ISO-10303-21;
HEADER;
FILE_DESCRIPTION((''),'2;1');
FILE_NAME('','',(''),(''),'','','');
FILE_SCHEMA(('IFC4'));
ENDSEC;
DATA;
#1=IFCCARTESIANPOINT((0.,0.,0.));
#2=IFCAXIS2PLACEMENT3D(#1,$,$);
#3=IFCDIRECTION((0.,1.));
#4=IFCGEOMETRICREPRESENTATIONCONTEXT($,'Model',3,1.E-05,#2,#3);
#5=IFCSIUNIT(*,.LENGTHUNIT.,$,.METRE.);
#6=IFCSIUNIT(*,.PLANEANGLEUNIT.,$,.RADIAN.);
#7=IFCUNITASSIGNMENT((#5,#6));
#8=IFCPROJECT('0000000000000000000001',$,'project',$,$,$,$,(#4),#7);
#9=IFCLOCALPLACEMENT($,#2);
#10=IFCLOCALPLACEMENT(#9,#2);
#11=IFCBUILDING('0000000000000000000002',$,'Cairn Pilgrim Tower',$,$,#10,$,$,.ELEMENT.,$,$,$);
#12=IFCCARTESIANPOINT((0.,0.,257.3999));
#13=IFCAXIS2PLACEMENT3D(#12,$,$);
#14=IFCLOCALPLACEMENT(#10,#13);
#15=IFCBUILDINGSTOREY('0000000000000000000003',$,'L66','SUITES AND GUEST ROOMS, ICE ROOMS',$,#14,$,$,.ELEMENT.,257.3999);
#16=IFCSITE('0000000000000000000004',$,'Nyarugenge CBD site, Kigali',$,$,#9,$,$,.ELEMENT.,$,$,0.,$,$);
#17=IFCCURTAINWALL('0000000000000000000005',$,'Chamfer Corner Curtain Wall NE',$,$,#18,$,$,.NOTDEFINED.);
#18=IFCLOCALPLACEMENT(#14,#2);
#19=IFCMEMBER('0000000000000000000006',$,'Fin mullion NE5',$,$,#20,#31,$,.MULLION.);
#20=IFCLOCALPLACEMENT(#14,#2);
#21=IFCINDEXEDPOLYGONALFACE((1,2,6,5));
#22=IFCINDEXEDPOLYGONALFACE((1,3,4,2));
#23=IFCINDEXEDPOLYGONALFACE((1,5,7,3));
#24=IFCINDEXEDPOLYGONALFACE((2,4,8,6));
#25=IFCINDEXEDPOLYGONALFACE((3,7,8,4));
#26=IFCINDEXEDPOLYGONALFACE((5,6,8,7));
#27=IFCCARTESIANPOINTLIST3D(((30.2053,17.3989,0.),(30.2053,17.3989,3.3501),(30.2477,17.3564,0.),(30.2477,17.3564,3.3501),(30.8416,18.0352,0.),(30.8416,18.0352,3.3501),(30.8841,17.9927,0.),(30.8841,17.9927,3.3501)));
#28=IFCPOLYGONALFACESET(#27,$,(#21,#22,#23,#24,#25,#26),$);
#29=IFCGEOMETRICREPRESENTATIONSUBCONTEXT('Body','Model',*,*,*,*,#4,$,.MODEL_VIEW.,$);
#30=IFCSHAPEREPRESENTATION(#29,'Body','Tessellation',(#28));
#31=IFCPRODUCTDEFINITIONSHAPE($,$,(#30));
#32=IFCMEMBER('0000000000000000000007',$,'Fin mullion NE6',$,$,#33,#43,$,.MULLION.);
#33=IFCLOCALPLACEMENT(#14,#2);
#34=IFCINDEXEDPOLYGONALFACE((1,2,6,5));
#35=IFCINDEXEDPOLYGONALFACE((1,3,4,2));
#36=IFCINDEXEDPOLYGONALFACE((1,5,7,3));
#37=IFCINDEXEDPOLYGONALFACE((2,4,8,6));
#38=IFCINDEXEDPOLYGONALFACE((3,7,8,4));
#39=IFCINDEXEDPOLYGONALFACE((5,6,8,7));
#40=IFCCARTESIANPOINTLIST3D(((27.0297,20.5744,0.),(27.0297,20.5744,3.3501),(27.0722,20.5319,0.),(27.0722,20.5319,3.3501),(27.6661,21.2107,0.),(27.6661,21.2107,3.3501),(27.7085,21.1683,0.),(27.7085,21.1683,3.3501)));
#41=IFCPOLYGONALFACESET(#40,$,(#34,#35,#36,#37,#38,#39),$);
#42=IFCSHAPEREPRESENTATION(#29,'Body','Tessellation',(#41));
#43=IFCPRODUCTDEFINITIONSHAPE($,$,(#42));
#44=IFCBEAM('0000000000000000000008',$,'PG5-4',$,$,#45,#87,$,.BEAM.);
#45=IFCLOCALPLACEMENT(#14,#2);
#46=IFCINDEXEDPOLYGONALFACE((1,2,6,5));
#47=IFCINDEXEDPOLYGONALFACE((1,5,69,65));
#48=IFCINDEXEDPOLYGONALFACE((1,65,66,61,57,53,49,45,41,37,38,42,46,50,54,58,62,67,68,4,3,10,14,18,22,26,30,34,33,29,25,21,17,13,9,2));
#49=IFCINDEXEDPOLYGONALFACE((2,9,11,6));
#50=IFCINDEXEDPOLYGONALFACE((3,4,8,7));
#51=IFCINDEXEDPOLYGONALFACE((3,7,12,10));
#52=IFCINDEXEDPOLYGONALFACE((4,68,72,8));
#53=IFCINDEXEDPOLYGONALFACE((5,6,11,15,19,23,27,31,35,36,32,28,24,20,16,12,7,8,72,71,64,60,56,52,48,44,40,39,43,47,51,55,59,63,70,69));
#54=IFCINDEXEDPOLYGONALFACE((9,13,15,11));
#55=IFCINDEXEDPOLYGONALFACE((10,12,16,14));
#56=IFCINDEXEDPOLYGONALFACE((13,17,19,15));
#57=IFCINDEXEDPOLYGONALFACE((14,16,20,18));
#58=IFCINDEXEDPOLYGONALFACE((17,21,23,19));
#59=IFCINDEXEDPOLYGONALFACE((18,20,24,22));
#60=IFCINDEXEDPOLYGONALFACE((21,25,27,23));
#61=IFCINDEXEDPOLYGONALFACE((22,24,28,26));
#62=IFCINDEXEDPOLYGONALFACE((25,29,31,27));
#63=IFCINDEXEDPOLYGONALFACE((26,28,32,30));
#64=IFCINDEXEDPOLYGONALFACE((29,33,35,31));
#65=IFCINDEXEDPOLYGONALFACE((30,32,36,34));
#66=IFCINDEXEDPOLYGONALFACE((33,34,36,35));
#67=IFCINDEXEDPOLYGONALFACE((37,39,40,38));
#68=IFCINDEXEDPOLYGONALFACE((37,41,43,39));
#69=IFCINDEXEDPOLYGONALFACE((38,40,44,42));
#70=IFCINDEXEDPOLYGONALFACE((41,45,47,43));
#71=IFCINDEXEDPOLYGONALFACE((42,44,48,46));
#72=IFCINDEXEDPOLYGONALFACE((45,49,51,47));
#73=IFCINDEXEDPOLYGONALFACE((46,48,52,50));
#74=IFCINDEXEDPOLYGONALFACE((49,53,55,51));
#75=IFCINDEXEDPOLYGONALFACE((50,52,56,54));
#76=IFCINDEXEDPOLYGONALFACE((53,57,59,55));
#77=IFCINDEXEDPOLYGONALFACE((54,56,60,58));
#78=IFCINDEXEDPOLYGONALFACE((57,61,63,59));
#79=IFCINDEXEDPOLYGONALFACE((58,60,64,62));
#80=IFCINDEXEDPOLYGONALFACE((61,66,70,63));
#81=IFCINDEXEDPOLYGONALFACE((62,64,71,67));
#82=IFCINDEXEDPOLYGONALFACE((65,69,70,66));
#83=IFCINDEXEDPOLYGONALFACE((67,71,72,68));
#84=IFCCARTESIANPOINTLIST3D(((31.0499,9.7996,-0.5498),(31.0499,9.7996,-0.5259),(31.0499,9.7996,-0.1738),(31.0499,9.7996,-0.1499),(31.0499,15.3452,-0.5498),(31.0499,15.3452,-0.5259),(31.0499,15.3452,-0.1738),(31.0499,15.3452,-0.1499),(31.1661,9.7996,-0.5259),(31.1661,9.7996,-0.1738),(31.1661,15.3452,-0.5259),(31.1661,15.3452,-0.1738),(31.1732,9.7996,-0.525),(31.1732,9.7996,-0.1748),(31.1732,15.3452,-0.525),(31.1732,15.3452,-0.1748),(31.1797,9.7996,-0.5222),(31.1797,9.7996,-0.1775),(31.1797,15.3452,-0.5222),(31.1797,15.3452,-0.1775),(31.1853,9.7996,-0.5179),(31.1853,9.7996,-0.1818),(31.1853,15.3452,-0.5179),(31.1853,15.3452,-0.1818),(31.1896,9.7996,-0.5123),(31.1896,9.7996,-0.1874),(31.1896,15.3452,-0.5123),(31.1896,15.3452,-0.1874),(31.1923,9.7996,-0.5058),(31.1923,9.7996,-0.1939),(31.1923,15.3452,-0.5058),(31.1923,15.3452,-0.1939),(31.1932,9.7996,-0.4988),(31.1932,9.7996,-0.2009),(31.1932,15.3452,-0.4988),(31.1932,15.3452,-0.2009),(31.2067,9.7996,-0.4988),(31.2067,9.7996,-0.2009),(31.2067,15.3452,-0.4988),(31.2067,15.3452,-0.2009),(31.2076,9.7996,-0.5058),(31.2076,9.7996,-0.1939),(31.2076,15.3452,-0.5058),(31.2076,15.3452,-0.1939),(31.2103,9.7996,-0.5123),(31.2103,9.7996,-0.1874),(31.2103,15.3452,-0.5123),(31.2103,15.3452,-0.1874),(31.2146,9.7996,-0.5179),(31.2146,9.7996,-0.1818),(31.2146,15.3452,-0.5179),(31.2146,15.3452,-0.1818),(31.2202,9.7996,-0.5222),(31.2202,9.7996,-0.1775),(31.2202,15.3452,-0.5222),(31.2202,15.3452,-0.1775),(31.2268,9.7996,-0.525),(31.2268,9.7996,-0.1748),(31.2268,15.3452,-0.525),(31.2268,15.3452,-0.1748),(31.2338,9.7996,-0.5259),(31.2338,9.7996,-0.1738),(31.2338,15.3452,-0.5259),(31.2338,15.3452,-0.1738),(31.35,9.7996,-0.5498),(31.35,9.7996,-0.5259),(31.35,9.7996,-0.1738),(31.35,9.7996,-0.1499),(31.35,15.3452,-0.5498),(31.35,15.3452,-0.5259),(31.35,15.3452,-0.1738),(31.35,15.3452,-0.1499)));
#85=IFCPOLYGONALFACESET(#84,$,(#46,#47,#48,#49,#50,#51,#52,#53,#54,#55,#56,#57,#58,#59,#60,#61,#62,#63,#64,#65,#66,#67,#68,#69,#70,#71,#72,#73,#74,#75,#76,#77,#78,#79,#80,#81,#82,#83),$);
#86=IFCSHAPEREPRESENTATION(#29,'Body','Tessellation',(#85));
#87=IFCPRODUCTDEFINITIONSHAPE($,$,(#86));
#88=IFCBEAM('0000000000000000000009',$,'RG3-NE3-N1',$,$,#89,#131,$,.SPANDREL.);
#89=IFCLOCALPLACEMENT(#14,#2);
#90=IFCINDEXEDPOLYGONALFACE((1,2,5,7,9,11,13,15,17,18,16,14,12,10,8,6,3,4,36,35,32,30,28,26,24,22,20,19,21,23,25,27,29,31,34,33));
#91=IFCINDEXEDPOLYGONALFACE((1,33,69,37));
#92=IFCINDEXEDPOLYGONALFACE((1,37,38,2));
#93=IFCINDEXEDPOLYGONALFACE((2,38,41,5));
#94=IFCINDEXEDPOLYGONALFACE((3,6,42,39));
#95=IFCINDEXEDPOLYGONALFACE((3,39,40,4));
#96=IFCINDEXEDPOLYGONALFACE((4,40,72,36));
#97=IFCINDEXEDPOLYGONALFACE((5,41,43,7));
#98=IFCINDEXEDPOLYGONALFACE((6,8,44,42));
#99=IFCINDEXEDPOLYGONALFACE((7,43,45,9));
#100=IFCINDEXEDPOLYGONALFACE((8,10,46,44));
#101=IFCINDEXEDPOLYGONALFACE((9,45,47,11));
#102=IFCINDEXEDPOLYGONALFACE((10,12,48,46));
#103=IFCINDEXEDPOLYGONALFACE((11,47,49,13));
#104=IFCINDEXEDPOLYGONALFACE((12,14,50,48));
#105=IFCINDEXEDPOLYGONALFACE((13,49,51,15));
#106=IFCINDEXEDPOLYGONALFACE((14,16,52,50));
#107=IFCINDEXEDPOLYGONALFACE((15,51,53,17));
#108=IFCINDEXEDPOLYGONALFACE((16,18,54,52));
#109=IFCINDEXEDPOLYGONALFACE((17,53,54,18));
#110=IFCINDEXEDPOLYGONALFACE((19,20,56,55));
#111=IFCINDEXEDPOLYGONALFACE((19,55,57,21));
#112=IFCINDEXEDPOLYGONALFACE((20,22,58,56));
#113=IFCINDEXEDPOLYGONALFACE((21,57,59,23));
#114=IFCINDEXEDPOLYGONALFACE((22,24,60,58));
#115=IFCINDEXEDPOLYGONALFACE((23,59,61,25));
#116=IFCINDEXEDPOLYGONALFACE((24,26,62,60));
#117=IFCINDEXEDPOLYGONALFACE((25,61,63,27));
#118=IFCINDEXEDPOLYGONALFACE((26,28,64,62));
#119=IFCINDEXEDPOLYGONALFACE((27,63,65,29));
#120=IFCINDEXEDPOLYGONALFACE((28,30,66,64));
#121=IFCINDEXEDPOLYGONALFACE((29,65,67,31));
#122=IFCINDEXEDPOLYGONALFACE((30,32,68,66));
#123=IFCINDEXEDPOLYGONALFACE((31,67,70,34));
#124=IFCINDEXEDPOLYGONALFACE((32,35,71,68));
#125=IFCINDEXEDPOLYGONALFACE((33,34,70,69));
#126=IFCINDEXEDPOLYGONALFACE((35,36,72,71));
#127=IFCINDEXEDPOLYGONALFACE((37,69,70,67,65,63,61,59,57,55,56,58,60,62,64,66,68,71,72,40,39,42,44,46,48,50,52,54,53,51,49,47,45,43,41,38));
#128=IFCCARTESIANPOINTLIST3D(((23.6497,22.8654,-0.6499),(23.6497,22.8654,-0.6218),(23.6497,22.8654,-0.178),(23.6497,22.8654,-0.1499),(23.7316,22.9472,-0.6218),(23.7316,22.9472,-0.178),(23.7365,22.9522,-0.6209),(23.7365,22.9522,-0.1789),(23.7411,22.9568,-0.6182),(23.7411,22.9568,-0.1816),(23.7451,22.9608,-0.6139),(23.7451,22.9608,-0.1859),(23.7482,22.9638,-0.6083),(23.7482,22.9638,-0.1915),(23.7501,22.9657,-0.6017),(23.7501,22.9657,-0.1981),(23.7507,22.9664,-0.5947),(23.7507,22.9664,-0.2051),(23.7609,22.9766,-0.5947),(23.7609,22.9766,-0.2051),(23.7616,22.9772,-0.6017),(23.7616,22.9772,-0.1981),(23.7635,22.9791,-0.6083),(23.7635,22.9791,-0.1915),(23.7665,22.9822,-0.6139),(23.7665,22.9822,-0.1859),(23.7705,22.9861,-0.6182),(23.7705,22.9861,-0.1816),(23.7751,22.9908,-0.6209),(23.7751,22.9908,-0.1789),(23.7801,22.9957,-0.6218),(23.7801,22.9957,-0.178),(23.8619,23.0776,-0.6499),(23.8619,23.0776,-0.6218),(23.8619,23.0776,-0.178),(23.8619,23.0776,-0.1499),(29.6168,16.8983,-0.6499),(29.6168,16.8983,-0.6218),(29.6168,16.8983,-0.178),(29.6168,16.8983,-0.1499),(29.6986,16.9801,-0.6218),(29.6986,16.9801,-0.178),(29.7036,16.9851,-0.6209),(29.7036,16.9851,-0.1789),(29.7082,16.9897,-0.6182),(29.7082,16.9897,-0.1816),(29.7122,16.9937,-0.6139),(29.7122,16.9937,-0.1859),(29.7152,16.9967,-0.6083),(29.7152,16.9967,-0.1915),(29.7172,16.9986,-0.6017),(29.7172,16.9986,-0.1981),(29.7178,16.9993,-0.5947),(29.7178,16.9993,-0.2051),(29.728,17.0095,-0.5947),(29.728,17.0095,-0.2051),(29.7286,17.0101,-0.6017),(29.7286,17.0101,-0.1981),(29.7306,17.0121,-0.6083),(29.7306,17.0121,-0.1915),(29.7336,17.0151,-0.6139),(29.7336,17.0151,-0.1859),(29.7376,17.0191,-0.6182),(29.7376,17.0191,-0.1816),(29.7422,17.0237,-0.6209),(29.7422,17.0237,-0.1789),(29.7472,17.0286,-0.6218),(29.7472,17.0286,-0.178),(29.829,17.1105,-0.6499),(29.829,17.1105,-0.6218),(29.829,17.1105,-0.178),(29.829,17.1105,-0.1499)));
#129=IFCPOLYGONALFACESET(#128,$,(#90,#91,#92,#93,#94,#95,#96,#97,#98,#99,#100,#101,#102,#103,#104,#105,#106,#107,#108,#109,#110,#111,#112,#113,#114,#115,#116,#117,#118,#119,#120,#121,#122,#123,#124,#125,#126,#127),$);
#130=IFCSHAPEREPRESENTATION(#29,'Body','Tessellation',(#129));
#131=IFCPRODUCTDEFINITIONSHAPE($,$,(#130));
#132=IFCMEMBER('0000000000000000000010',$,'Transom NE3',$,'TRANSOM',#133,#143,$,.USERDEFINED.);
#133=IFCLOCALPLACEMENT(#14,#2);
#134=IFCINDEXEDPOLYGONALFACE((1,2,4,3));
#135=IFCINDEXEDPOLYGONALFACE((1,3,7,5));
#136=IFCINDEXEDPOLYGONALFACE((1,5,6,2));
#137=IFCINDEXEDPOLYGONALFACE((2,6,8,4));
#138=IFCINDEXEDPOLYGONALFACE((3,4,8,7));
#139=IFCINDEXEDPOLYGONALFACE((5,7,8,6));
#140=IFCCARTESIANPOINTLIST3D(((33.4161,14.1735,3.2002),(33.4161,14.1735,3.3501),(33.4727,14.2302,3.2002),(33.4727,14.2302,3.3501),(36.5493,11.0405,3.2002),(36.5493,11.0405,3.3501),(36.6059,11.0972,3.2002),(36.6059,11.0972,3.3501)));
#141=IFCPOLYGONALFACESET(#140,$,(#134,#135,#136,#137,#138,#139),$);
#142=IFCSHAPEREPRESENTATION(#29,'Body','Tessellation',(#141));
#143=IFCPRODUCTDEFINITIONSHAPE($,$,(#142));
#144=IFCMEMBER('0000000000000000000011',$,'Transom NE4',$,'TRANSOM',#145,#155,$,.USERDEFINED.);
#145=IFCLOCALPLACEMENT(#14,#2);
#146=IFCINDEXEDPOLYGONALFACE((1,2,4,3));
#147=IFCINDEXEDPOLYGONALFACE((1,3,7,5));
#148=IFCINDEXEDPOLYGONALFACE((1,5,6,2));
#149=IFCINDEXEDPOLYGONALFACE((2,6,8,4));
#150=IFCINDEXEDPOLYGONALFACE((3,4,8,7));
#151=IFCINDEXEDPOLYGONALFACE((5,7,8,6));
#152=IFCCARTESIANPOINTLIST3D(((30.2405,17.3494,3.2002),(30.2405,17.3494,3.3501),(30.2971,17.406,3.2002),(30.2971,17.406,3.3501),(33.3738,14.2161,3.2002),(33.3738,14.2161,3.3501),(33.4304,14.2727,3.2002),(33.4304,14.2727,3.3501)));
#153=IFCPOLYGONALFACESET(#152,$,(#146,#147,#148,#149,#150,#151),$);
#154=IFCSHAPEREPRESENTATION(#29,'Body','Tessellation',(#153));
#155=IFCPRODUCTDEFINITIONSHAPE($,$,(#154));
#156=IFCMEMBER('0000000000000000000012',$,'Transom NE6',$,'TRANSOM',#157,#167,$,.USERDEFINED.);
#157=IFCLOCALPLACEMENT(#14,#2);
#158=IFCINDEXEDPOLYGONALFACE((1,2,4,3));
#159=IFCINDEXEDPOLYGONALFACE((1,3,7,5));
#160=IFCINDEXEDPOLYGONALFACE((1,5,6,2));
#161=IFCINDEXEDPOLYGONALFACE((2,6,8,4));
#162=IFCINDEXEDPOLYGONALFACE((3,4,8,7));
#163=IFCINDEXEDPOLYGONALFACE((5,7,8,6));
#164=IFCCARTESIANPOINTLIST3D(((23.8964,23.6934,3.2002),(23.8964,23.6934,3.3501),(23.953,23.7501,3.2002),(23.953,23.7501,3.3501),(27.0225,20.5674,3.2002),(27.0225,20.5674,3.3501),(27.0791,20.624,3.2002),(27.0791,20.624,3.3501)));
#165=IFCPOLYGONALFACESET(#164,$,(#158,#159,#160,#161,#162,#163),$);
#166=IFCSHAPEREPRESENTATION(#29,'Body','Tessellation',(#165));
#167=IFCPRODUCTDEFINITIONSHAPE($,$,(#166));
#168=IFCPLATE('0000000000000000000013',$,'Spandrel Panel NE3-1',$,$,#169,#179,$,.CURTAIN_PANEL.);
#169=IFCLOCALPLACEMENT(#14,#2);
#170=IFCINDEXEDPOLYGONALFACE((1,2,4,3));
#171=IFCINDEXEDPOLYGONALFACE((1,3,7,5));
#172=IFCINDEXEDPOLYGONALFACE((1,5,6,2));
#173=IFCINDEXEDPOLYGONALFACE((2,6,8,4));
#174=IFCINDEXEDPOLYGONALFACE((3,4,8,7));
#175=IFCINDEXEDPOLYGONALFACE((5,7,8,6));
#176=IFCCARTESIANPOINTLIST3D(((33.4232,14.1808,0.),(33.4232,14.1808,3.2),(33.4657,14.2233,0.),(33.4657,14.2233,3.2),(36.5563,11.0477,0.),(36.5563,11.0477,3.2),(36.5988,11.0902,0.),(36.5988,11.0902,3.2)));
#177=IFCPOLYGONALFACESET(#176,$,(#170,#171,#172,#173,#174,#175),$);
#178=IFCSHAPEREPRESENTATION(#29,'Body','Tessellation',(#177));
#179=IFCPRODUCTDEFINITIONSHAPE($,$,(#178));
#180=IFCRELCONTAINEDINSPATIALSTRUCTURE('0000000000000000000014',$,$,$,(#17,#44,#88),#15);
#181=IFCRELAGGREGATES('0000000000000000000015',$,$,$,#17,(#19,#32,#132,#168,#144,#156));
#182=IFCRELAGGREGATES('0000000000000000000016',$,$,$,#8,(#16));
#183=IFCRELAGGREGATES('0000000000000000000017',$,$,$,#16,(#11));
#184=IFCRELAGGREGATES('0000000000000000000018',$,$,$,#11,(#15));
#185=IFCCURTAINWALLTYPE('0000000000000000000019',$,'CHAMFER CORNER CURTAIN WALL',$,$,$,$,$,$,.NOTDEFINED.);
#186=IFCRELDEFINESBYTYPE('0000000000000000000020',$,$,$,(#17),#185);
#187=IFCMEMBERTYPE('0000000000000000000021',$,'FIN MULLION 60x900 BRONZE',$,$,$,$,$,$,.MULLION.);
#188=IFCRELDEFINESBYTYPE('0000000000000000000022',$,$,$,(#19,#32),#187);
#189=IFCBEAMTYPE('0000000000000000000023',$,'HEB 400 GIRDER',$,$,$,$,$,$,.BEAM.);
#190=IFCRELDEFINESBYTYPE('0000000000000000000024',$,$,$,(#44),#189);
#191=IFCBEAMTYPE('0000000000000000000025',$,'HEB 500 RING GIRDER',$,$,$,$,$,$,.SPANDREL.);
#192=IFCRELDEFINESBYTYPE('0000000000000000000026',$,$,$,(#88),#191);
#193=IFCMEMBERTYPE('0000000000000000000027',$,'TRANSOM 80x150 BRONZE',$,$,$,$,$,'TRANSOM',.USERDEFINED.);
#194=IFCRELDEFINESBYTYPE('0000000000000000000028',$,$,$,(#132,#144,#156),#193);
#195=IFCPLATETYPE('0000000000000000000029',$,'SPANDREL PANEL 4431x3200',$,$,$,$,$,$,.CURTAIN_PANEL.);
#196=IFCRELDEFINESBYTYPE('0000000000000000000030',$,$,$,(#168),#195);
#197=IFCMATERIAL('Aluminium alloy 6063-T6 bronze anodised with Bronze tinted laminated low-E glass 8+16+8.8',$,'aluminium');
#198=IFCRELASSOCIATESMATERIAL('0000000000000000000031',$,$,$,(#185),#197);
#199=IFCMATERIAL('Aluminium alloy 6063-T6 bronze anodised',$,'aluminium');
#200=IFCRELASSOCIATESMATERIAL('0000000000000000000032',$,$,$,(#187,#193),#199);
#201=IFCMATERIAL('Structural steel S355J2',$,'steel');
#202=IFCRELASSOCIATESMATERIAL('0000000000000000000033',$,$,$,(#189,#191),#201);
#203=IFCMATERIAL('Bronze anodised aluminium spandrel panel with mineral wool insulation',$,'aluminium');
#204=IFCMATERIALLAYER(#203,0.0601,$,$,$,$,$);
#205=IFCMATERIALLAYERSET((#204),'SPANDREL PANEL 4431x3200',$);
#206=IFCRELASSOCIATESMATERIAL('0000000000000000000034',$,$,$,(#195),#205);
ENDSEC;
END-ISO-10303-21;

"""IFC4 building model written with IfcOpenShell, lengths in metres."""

from ifc_helpers import new_model, si_unit, direction, frame, origin, origin_2d, place, context, subcontext, project, spatial, rectangle, i_section, extrude, material, layer, layer_set, material_profile, profile_set, type_object, element, aggregate, save


model = new_model("IFC4")

# Units and contexts
model_context = context("Model", 3, precision=1e-05, world=origin(), true_north=direction((0.0, 1.0)))
body_context = subcontext(model_context, "Body", "Model", "MODEL_VIEW")
ifc_project = project(units=[si_unit("LENGTHUNIT", "METRE"), si_unit("PLANEANGLEUNIT", "RADIAN")], contexts=[model_context])

# Site, building, storey
site_placement = place(None, origin())
site = spatial("IfcSite", under=ifc_project, at=site_placement, Name="Nyarugenge CBD site, Kigali", CompositionType="ELEMENT", RefElevation=0.0)
building_placement = place(site_placement, origin())
building = spatial("IfcBuilding", under=site, at=building_placement, Name="Cairn Pilgrim Tower", CompositionType="ELEMENT")
storey_placement = place(building_placement, frame((0.0, 0.0, 257.3999)))
storey = spatial("IfcBuildingStorey", under=building, at=storey_placement, Name="L66", Description="SUITES AND GUEST ROOMS, ICE ROOMS", CompositionType="ELEMENT", Elevation=257.3999)

# Shared definitions
ifc_material_1 = material(Name="Structural steel S355J2", Category="steel")

# Curtain wall, members
ifc_material_2 = material(Name="Aluminium alloy 6063-T6 bronze anodised with Bronze tinted laminated low-E glass 8+16+8.8", Category="aluminium")
curtain_wall_type = type_object("IfcCurtainWallType", Name="CHAMFER CORNER CURTAIN WALL", PredefinedType="NOTDEFINED", material=ifc_material_2)
curtain_wall_placement = place(storey_placement, origin())
curtain_wall = element("IfcCurtainWall", 1, at=curtain_wall_placement, inside=storey, type_object=curtain_wall_type, Name="Chamfer Corner Curtain Wall NE", PredefinedType="NOTDEFINED")
ifc_material_3 = material(Name="Aluminium alloy 6063-T6 bronze anodised", Category="aluminium")
ifc_material_profile_1 = material_profile(ifc_material_3, rectangle(XDim=0.8999, YDim=0.0601, at=origin_2d()), Name="FIN MULLION 60x900 BRONZE")
ifc_profile_set_1 = profile_set([ifc_material_profile_1], Name="Aluminium alloy 6063-T6 bronze anodised")
member_type_1 = type_object("IfcMemberType", Name="FIN MULLION 60x900 BRONZE", PredefinedType="MULLION", material=ifc_profile_set_1)
member_1_placement = place(storey_placement, frame((30.5447, 17.6958, 0.0), z_axis=(0.0, 0.0, 1.0), x_axis=(0.707107, 0.707107, 0.0)))
member_1 = element("IfcMember", 2, at=member_1_placement, type_object=member_type_1, Name="Fin mullion NE5", PredefinedType="MULLION", context=body_context, shape_type="SweptSolid", body=[
    extrude(rectangle(XDim=0.8999, YDim=0.0601, at=origin_2d()), origin(), (0.0, 0.0, 1.0), 3.3501),
])
member_2_placement = place(storey_placement, frame((27.3691, 20.8713, 0.0), z_axis=(0.0, 0.0, 1.0), x_axis=(0.707107, 0.707107, 0.0)))
member_2 = element("IfcMember", 3, at=member_2_placement, type_object=member_type_1, Name="Fin mullion NE6", PredefinedType="MULLION", context=body_context, shape_type="SweptSolid", body=[
    extrude(rectangle(XDim=0.8999, YDim=0.0601, at=origin_2d()), origin(), (0.0, 0.0, 1.0), 3.3501),
])

# Beams
ifc_material_profile_2 = material_profile(ifc_material_1, i_section(OverallWidth=0.3, OverallDepth=0.3999, WebThickness=0.0134, FlangeThickness=0.0239, FilletRadius=0.0271, at=origin_2d()), Name="HEB 400")
ifc_profile_set_2 = profile_set([ifc_material_profile_2], Name="Structural steel S355J2")
beam_type_1 = type_object("IfcBeamType", Name="HEB 400 GIRDER", PredefinedType="BEAM", material=ifc_profile_set_2)
beam_1_placement = place(storey_placement, frame((31.2, 9.7996, -0.3499), z_axis=(0.0, 1.0, 0.0), x_axis=(-1.0, 0.0, 0.0)))
element("IfcBeam", 4, at=beam_1_placement, inside=storey, type_object=beam_type_1, Name="PG5-4", PredefinedType="BEAM", context=body_context, shape_type="SweptSolid", body=[
    extrude(i_section(OverallWidth=0.3, OverallDepth=0.3999, WebThickness=0.0134, FlangeThickness=0.0239, FilletRadius=0.0271, at=origin_2d()), origin(), (0.0, 0.0, 1.0), 5.5457),
])
ifc_material_profile_3 = material_profile(ifc_material_1, i_section(OverallWidth=0.3, OverallDepth=0.5, WebThickness=0.0144, FlangeThickness=0.0281, FilletRadius=0.0271, at=origin_2d()), Name="HEB 500")
ifc_profile_set_3 = profile_set([ifc_material_profile_3], Name="Structural steel S355J2")
beam_type_2 = type_object("IfcBeamType", Name="HEB 500 RING GIRDER", PredefinedType="SPANDREL", material=ifc_profile_set_3)
beam_2_placement = place(storey_placement, frame((29.7229, 17.0044, -0.3999), z_axis=(-0.707107, 0.707107, 0.0), x_axis=(-0.707107, -0.707107, 0.0)))
element("IfcBeam", 5, at=beam_2_placement, inside=storey, type_object=beam_type_2, Name="RG3-NE3-N1", PredefinedType="SPANDREL", context=body_context, shape_type="SweptSolid", body=[
    extrude(i_section(OverallWidth=0.3, OverallDepth=0.5, WebThickness=0.0144, FlangeThickness=0.0281, FilletRadius=0.0271, at=origin_2d()), origin(), (0.0, 0.0, 1.0), 8.4387),
])

# Members
ifc_material_profile_4 = material_profile(ifc_material_3, rectangle(XDim=0.0801, YDim=0.1499, at=origin_2d()), Name="TRANSOM 80x150 BRONZE")
ifc_profile_set_4 = profile_set([ifc_material_profile_4], Name="Aluminium alloy 6063-T6 bronze anodised")
member_type_2 = type_object("IfcMemberType", Name="TRANSOM 80x150 BRONZE", ElementType="TRANSOM", PredefinedType="USERDEFINED", material=ifc_profile_set_4)
member_3_placement = place(storey_placement, frame((36.5776, 11.0688, 3.2751), z_axis=(-0.707134, 0.707079, 0.0), x_axis=(-0.707079, -0.707134, 0.0)))
member_3 = element("IfcMember", 6, at=member_3_placement, type_object=member_type_2, Name="Transom NE3", ObjectType="TRANSOM", PredefinedType="USERDEFINED", context=body_context, shape_type="SweptSolid", body=[
    extrude(rectangle(XDim=0.0801, YDim=0.1499, at=origin_2d()), origin(), (0.0, 0.0, 1.0), 4.4309),
])
member_4_placement = place(storey_placement, frame((33.4021, 14.2444, 3.2751), z_axis=(-0.707107, 0.707107, 0.0), x_axis=(-0.707107, -0.707107, 0.0)))
member_4 = element("IfcMember", 7, at=member_4_placement, type_object=member_type_2, Name="Transom NE4", ObjectType="TRANSOM", PredefinedType="USERDEFINED", context=body_context, shape_type="SweptSolid", body=[
    extrude(rectangle(XDim=0.0801, YDim=0.1499, at=origin_2d()), origin(), (0.0, 0.0, 1.0), 4.4312),
])
member_5_placement = place(storey_placement, frame((27.0508, 20.5957, 3.2751), z_axis=(-0.707107, 0.707107, 0.0), x_axis=(-0.707107, -0.707107, 0.0)))
member_5 = element("IfcMember", 8, at=member_5_placement, type_object=member_type_2, Name="Transom NE6", ObjectType="TRANSOM", PredefinedType="USERDEFINED", context=body_context, shape_type="SweptSolid", body=[
    extrude(rectangle(XDim=0.0801, YDim=0.1499, at=origin_2d()), origin(), (0.0, 0.0, 1.0), 4.4209),
])

# Plate
ifc_material_4 = material(Name="Bronze anodised aluminium spandrel panel with mineral wool insulation", Category="aluminium")
ifc_layer_1 = layer(ifc_material_4, 0.0601)
ifc_layer_set_1 = layer_set([ifc_layer_1], Name="SPANDREL PANEL 4431x3200")
plate_type_1 = type_object("IfcPlateType", Name="SPANDREL PANEL 4431x3200", PredefinedType="CURTAIN_PANEL", material=ifc_layer_set_1)
plate_1_placement = place(storey_placement, frame((35.011, 12.6355, 0.0), z_axis=(0.0, 0.0, 1.0), x_axis=(-0.707107, 0.707107, 0.0)))
plate_1 = element("IfcPlate", 9, at=plate_1_placement, type_object=plate_type_1, Name="Spandrel Panel NE3-1", PredefinedType="CURTAIN_PANEL", context=body_context, shape_type="SweptSolid", body=[
    extrude(rectangle(XDim=4.4309, YDim=0.0601, at=origin_2d()), origin(), (0.0, 0.0, 1.0), 3.2),
])
aggregate(curtain_wall, [member_1, member_2, member_3, plate_1, member_4, member_5])

save(model, "model.ifc")
